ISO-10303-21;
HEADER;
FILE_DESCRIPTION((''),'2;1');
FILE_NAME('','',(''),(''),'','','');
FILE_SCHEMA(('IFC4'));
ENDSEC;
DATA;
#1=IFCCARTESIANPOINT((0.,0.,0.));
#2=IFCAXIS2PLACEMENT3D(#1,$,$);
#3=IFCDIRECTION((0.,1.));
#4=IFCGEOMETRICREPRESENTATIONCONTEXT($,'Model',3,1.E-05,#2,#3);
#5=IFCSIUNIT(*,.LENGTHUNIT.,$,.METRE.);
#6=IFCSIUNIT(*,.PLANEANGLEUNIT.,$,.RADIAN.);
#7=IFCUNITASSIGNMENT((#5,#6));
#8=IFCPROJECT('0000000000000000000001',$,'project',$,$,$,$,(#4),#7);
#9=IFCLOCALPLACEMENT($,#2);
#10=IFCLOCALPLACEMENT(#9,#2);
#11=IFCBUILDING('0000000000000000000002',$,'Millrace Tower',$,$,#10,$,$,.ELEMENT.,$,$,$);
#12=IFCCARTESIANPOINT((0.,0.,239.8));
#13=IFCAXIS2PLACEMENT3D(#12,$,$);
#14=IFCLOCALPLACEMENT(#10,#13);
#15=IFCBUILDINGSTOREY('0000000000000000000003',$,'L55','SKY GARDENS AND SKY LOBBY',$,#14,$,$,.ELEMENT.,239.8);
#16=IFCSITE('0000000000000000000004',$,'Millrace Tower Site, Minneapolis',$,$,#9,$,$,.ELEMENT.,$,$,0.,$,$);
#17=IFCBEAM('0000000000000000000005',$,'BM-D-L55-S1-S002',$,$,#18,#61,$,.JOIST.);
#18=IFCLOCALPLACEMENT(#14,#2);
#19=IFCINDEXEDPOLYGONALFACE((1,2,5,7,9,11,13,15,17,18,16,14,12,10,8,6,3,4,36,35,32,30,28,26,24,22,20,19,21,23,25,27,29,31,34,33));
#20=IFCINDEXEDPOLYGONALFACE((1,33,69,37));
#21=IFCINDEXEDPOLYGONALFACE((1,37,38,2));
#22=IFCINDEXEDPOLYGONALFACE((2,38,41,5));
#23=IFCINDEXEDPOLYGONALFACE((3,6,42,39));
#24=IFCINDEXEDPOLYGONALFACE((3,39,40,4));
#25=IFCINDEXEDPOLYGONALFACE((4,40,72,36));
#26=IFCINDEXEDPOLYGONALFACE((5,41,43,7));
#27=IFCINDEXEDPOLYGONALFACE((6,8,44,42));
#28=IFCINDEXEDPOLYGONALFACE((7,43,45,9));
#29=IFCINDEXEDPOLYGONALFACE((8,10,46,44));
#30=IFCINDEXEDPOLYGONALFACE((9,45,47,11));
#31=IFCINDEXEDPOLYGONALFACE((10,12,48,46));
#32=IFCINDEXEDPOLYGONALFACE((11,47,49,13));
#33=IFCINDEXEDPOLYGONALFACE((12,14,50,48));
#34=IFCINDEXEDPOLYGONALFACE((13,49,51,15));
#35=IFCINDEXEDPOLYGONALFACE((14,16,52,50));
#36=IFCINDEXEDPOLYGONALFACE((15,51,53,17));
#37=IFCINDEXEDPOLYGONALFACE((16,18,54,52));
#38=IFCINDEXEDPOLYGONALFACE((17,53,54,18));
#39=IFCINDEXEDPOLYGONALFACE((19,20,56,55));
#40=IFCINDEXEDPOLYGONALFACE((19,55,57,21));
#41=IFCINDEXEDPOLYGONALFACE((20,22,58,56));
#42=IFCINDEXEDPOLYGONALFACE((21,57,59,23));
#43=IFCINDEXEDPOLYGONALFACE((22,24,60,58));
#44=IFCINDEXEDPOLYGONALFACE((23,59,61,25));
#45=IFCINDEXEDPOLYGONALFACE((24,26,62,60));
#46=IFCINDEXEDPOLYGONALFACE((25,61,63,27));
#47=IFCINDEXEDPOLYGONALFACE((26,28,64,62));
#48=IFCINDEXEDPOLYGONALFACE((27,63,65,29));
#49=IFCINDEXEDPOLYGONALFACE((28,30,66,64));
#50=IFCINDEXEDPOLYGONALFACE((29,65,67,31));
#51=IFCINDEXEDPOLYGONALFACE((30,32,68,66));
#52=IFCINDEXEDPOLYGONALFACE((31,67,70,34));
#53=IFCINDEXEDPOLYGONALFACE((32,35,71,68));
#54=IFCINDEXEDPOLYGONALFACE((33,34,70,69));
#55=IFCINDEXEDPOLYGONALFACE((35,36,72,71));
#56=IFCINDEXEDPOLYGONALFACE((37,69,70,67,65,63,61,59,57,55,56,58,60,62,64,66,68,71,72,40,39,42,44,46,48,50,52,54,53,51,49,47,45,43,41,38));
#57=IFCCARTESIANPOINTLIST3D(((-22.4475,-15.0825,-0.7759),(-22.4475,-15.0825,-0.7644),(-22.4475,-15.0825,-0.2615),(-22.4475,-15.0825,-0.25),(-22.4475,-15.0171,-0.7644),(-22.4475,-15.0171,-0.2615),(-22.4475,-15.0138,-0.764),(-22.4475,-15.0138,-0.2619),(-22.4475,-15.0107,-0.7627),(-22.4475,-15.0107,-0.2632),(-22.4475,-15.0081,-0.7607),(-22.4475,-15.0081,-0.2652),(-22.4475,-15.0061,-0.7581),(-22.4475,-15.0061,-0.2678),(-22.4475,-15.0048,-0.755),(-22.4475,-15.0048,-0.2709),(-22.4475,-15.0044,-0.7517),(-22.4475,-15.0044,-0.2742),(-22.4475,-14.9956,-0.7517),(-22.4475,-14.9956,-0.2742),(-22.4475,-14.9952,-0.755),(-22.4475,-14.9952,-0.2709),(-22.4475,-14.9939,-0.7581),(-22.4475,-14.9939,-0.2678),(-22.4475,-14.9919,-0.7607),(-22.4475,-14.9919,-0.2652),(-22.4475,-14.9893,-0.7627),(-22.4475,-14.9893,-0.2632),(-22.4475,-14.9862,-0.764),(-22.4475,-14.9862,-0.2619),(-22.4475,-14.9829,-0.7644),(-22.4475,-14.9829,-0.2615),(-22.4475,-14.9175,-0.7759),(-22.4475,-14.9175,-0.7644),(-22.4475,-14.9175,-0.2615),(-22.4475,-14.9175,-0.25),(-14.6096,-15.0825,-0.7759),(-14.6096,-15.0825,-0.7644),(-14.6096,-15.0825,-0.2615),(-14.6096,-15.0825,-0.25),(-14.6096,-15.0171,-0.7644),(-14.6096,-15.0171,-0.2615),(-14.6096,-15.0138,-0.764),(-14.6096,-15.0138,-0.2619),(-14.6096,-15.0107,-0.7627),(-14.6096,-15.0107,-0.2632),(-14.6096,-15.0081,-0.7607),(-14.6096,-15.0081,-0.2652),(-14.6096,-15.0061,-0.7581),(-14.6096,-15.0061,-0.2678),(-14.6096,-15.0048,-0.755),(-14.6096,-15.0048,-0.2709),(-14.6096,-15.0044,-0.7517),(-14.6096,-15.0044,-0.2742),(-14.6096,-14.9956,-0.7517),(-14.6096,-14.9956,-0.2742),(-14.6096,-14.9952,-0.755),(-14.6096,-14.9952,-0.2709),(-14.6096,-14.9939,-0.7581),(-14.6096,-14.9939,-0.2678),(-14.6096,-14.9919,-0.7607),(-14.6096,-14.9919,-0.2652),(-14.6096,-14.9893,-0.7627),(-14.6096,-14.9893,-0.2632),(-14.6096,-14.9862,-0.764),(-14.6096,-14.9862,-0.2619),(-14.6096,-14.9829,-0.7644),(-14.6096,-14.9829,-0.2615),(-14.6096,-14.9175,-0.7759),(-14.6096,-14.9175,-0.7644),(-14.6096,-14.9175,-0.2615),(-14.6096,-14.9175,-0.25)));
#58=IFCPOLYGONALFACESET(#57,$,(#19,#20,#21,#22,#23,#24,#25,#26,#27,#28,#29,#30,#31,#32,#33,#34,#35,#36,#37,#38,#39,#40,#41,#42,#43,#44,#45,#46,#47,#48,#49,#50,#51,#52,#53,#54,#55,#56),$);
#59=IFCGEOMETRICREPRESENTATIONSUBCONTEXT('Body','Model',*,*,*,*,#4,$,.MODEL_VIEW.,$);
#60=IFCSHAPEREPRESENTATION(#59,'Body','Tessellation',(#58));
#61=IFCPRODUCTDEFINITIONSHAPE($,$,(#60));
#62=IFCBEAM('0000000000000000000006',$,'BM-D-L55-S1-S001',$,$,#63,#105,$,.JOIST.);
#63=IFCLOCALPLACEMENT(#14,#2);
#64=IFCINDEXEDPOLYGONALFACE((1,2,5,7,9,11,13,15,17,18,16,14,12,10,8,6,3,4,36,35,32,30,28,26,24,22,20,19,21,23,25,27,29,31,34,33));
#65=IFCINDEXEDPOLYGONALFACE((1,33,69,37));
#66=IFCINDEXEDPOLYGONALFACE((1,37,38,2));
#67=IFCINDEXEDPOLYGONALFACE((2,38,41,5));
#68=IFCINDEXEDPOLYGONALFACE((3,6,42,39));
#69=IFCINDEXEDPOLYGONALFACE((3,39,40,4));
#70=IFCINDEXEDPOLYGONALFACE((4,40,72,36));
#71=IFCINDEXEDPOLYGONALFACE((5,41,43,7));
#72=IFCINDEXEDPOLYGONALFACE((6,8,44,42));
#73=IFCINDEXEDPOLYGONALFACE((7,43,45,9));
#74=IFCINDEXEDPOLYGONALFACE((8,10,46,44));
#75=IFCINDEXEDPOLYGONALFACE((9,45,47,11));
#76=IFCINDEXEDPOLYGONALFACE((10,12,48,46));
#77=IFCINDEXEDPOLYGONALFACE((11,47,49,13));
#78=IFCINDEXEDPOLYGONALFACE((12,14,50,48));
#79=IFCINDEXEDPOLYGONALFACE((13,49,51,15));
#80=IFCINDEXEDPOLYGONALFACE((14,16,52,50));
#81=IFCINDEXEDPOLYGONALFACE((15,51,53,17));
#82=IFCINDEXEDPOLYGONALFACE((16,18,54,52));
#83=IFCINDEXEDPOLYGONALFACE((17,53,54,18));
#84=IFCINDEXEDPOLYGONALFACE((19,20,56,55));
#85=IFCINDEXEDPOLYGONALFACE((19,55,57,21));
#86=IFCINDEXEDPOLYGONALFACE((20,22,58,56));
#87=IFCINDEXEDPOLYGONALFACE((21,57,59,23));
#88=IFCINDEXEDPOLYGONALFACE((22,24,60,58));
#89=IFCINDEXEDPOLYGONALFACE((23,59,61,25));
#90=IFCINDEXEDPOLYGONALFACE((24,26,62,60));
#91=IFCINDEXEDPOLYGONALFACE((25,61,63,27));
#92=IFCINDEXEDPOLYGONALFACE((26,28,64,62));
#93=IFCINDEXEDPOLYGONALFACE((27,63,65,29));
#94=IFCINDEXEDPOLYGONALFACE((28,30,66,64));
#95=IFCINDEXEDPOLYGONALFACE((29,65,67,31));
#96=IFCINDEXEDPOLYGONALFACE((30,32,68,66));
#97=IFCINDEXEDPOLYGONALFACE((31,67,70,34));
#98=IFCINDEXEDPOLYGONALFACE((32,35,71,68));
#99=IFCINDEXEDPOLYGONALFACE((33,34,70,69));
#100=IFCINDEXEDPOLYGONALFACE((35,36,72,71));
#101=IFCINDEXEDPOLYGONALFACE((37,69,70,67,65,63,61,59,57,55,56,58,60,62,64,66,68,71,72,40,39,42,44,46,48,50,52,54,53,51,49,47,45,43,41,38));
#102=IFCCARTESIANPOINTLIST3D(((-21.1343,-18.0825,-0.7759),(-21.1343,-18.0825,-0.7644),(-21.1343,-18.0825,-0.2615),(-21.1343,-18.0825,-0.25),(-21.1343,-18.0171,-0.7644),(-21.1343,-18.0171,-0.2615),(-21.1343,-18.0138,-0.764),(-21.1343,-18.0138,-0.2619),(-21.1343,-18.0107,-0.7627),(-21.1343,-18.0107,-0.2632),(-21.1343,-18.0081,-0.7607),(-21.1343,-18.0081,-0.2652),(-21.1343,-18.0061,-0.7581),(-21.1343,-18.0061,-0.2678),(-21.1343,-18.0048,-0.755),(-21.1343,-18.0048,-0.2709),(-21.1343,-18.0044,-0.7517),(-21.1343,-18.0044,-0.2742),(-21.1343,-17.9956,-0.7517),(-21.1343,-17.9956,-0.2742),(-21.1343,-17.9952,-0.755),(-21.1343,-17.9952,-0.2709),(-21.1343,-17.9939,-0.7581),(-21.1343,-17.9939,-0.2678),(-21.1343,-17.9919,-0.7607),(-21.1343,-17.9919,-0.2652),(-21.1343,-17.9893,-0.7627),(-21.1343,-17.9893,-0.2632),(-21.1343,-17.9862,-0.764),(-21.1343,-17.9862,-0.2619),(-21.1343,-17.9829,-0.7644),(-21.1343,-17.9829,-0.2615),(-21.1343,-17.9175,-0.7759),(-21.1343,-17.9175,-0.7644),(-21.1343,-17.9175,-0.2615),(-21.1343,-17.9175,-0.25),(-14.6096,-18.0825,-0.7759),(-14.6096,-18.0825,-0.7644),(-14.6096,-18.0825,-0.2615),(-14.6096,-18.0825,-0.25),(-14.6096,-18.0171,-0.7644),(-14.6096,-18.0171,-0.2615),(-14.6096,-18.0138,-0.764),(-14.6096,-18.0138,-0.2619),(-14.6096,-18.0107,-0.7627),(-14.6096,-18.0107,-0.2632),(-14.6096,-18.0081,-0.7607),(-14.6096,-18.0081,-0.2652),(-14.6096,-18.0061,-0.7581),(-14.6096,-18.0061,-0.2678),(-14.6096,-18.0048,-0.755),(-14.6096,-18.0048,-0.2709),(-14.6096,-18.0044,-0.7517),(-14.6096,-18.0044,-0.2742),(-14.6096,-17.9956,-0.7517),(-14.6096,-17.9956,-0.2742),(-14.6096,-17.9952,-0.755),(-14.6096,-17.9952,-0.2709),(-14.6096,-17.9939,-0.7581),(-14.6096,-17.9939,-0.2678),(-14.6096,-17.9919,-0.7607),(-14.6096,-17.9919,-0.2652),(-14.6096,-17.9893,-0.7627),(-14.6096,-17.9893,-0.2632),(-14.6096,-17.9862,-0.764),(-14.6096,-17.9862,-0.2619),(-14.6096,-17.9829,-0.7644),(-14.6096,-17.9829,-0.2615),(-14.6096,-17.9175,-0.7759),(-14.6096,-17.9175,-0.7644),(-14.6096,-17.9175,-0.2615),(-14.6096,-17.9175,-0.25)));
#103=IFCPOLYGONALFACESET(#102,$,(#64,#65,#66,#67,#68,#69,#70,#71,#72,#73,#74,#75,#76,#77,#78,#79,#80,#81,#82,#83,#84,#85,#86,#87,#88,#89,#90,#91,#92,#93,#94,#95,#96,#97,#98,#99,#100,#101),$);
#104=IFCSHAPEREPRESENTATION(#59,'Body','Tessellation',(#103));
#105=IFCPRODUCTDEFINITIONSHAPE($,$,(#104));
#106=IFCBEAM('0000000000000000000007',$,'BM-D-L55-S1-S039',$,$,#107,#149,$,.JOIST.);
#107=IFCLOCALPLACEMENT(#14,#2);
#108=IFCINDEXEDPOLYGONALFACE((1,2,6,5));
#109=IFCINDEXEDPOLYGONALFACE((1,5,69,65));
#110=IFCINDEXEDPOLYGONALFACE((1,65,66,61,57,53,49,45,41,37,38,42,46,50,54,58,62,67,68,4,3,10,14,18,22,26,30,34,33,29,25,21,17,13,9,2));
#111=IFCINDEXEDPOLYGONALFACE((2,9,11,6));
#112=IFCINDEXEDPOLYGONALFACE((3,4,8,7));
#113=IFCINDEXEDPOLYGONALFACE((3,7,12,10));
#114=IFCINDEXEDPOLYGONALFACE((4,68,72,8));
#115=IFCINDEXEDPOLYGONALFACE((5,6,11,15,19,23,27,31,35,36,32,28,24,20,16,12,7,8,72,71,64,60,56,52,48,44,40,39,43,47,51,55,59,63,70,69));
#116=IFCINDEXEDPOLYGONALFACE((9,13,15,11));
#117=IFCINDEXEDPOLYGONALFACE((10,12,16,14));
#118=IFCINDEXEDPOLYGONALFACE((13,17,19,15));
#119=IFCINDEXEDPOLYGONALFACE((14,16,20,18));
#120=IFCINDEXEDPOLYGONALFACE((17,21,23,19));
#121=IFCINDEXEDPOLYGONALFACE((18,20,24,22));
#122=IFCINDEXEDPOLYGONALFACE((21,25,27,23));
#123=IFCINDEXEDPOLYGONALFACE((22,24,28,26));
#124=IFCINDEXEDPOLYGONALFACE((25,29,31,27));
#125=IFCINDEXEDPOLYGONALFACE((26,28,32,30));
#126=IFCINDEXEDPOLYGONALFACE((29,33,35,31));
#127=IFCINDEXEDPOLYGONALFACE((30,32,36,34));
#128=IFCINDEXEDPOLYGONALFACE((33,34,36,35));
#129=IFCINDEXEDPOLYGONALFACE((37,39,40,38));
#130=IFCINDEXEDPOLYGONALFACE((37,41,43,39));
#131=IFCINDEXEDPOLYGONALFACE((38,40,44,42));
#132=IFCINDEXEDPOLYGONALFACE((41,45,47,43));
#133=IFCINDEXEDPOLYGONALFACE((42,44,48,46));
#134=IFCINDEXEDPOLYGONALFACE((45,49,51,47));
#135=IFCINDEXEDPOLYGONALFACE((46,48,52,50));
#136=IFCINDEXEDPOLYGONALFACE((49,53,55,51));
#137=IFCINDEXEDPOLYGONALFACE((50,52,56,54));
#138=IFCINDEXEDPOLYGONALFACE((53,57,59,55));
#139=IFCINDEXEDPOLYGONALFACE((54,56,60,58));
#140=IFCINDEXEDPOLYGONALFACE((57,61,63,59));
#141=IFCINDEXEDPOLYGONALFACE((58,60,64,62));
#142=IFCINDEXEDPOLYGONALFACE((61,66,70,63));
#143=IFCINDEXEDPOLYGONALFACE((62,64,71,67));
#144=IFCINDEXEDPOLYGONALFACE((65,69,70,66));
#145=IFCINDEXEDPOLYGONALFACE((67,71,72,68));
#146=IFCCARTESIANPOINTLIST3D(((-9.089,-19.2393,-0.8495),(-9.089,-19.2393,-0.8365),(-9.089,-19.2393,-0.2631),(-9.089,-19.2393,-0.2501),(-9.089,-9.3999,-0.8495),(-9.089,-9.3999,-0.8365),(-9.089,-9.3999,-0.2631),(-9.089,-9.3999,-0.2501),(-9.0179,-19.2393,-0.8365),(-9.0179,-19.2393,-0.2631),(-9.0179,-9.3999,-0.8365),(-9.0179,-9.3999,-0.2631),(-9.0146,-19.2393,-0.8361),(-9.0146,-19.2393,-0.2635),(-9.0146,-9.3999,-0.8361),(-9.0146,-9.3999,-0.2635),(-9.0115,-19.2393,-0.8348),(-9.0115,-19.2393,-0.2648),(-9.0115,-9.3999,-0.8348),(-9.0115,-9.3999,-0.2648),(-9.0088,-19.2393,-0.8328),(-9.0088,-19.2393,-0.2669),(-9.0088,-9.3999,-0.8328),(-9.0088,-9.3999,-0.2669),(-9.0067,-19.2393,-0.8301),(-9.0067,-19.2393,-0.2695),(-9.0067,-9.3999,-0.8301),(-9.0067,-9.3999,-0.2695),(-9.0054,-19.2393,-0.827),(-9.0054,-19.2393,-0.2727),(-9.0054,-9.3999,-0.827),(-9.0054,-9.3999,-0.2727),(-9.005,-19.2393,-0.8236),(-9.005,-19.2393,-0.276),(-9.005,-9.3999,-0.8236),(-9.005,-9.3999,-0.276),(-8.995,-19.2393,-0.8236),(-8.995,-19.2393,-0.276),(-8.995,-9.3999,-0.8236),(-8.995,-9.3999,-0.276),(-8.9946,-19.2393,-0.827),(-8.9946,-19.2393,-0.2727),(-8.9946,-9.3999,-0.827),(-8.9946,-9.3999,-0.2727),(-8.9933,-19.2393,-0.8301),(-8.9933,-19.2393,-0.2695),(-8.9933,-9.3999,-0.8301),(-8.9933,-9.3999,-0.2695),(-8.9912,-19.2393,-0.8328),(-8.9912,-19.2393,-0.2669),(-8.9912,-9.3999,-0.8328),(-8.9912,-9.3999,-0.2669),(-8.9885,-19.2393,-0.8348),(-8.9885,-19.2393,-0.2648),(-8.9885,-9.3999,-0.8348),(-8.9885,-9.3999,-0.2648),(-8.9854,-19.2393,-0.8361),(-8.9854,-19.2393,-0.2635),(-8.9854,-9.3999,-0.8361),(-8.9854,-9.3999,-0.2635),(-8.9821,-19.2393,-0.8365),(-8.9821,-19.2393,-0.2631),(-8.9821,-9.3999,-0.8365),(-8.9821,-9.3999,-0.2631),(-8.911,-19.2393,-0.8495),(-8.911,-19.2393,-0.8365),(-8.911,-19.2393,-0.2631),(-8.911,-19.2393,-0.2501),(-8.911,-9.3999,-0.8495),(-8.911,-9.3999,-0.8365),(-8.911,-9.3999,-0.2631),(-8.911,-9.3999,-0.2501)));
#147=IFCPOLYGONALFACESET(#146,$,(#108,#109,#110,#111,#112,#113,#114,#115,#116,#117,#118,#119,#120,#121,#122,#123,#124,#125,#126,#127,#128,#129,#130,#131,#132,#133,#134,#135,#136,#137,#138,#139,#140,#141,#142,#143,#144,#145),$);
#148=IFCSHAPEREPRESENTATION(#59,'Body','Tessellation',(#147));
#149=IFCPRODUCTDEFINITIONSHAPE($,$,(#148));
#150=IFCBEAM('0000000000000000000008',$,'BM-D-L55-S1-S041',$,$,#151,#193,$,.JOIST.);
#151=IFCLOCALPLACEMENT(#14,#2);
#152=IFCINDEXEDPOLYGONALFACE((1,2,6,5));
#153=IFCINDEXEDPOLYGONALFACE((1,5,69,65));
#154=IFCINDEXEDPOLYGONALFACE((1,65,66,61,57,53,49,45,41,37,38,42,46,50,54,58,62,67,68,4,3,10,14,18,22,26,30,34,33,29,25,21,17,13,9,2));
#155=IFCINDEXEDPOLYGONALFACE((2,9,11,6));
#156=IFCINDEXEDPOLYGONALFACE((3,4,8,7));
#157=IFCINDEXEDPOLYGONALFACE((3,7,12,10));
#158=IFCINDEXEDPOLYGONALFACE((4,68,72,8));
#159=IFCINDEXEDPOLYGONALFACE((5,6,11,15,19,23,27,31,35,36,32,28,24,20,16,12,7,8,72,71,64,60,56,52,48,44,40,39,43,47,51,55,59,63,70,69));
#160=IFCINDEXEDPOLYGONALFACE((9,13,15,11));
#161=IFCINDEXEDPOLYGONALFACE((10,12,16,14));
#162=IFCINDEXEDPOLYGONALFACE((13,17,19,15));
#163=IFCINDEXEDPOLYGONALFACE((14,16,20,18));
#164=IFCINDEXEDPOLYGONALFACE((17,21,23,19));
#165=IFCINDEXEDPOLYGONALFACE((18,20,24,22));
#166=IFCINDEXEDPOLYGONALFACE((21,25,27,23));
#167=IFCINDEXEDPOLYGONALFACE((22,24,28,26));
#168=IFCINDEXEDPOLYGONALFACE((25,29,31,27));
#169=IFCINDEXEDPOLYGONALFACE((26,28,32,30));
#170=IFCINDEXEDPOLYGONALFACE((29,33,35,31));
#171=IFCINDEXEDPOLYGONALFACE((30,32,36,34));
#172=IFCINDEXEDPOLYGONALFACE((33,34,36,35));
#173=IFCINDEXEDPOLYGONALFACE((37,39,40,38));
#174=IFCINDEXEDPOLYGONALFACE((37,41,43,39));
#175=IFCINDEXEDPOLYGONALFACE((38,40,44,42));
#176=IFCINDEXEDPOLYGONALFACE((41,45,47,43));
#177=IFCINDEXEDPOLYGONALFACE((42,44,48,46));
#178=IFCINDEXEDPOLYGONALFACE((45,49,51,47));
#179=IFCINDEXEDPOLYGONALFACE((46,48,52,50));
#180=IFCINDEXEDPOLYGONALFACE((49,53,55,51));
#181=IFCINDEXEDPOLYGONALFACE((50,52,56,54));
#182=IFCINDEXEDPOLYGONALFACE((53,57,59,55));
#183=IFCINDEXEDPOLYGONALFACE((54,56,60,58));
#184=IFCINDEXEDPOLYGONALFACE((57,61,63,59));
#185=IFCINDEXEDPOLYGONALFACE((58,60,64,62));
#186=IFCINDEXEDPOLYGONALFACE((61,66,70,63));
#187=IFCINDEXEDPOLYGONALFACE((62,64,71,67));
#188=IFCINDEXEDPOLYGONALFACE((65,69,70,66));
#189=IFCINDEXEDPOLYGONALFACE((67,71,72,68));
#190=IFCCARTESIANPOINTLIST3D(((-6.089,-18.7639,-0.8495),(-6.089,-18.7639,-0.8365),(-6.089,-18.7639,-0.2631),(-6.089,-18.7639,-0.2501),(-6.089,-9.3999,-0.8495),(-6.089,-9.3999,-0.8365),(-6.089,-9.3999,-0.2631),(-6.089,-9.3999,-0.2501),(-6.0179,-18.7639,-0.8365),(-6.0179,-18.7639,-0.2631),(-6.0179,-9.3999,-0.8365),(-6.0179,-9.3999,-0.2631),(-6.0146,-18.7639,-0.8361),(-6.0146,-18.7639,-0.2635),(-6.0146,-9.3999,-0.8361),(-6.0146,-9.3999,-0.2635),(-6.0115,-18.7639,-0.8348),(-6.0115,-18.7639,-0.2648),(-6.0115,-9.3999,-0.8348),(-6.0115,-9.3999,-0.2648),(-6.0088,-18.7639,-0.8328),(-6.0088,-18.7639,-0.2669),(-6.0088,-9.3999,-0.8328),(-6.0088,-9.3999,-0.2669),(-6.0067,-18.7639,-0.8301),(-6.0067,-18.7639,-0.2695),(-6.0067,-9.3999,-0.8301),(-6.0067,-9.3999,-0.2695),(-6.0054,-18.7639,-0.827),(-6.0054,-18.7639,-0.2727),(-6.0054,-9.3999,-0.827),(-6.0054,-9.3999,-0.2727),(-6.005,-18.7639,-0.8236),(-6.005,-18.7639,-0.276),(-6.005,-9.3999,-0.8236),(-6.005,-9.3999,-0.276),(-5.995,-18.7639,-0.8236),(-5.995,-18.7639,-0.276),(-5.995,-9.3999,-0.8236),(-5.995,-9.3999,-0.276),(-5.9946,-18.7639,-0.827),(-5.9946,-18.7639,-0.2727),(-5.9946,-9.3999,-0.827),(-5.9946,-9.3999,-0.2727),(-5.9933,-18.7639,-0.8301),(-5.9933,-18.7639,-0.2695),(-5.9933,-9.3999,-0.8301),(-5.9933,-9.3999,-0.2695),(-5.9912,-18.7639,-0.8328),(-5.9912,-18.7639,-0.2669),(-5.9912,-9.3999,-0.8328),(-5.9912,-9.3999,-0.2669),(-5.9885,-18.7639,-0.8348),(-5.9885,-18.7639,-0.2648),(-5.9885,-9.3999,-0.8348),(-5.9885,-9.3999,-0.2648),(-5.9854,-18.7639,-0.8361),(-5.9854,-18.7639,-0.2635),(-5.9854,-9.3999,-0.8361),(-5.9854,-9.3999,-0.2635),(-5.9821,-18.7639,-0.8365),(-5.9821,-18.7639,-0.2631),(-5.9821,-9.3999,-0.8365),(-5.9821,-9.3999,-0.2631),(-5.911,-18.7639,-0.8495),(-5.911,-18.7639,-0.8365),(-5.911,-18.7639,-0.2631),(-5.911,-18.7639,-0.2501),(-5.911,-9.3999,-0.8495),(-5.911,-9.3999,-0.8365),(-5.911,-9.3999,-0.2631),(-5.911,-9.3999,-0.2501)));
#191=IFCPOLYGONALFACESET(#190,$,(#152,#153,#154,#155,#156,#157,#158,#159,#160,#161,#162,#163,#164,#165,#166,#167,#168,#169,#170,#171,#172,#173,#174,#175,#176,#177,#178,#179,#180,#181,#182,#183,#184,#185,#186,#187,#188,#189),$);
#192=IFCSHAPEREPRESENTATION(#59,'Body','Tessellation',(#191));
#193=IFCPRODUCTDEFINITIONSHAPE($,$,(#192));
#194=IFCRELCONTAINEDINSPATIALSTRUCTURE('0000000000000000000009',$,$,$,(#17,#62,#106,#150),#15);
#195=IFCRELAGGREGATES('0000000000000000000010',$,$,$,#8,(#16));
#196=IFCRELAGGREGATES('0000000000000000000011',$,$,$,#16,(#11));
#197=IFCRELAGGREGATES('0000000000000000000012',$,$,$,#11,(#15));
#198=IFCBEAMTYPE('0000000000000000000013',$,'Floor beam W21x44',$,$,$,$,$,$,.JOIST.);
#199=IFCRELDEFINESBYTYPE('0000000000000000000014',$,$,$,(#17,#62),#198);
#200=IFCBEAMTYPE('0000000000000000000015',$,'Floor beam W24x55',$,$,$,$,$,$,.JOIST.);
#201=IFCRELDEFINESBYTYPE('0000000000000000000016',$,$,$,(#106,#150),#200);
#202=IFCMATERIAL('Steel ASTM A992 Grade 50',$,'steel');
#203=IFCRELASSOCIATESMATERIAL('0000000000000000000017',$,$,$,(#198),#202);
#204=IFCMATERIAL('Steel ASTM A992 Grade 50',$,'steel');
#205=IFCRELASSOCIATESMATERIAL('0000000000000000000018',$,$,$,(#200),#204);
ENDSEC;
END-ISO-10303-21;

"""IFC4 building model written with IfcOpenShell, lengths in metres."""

from ifc_helpers import new_model, si_unit, direction, frame, origin, origin_2d, place, context, subcontext, project, spatial, i_section, extrude, material, material_profile, profile_set, type_object, element, save


model = new_model("IFC4")

# Units and contexts
model_context = context("Model", 3, precision=1e-05, world=origin(), true_north=direction((0.0, 1.0)))
body_context = subcontext(model_context, "Body", "Model", "MODEL_VIEW")
ifc_project = project(units=[si_unit("LENGTHUNIT", "METRE"), si_unit("PLANEANGLEUNIT", "RADIAN")], contexts=[model_context])

# Site, building, storey
site_placement = place(None, origin())
site = spatial("IfcSite", under=ifc_project, at=site_placement, Name="Millrace Tower Site, Minneapolis", CompositionType="ELEMENT", RefElevation=0.0)
building_placement = place(site_placement, origin())
building = spatial("IfcBuilding", under=site, at=building_placement, Name="Millrace Tower", CompositionType="ELEMENT")
storey_placement = place(building_placement, frame((0.0, 0.0, 239.8)))
storey = spatial("IfcBuildingStorey", under=building, at=storey_placement, Name="L55", Description="SKY GARDENS AND SKY LOBBY", CompositionType="ELEMENT", Elevation=239.8)

# Beams
ifc_material_1 = material(Name="Steel ASTM A992 Grade 50", Category="steel")
ifc_material_profile_1 = material_profile(ifc_material_1, i_section(OverallWidth=0.165, OverallDepth=0.5259, WebThickness=0.0088, FlangeThickness=0.0115, FilletRadius=0.0127, at=origin_2d()))
ifc_profile_set_1 = profile_set([ifc_material_profile_1], Name="Steel ASTM A992 Grade 50")
beam_type_1 = type_object("IfcBeamType", Name="Floor beam W21x44", PredefinedType="JOIST", material=ifc_profile_set_1)
beam_1_placement = place(storey_placement, frame((-22.4475, -15.0, -0.5129), z_axis=(1.0, 0.0, 0.0), x_axis=(0.0, 1.0, 0.0)))
element("IfcBeam", 1, at=beam_1_placement, inside=storey, type_object=beam_type_1, Name="BM-D-L55-S1-S002", PredefinedType="JOIST", context=body_context, shape_type="SweptSolid", body=[
    extrude(i_section(OverallWidth=0.165, OverallDepth=0.5259, WebThickness=0.0088, FlangeThickness=0.0115, FilletRadius=0.0127, at=origin_2d()), origin(), (0.0, 0.0, 1.0), 7.8379),
])
beam_2_placement = place(storey_placement, frame((-21.1343, -18.0, -0.5129), z_axis=(1.0, 0.0, 0.0), x_axis=(0.0, 1.0, 0.0)))
element("IfcBeam", 2, at=beam_2_placement, inside=storey, type_object=beam_type_1, Name="BM-D-L55-S1-S001", PredefinedType="JOIST", context=body_context, shape_type="SweptSolid", body=[
    extrude(i_section(OverallWidth=0.165, OverallDepth=0.5259, WebThickness=0.0088, FlangeThickness=0.0115, FilletRadius=0.0127, at=origin_2d()), origin(), (0.0, 0.0, 1.0), 6.5247),
])
ifc_material_2 = material(Name="Steel ASTM A992 Grade 50", Category="steel")
ifc_material_profile_2 = material_profile(ifc_material_2, i_section(OverallWidth=0.178, OverallDepth=0.5994, WebThickness=0.01, FlangeThickness=0.0129, FilletRadius=0.0129, at=origin_2d()))
ifc_profile_set_2 = profile_set([ifc_material_profile_2], Name="Steel ASTM A992 Grade 50")
beam_type_2 = type_object("IfcBeamType", Name="Floor beam W24x55", PredefinedType="JOIST", material=ifc_profile_set_2)
beam_3_placement = place(storey_placement, frame((-9.0, -19.2393, -0.5498), z_axis=(0.0, 1.0, 0.0), x_axis=(-1.0, 0.0, 0.0)))
element("IfcBeam", 3, at=beam_3_placement, inside=storey, type_object=beam_type_2, Name="BM-D-L55-S1-S039", PredefinedType="JOIST", context=body_context, shape_type="SweptSolid", body=[
    extrude(i_section(OverallWidth=0.178, OverallDepth=0.5994, WebThickness=0.01, FlangeThickness=0.0129, FilletRadius=0.0129, at=origin_2d()), origin(), (0.0, 0.0, 1.0), 9.8394),
])
beam_4_placement = place(storey_placement, frame((-6.0, -18.7639, -0.5498), z_axis=(0.0, 1.0, 0.0), x_axis=(-1.0, 0.0, 0.0)))
element("IfcBeam", 4, at=beam_4_placement, inside=storey, type_object=beam_type_2, Name="BM-D-L55-S1-S041", PredefinedType="JOIST", context=body_context, shape_type="SweptSolid", body=[
    extrude(i_section(OverallWidth=0.178, OverallDepth=0.5994, WebThickness=0.01, FlangeThickness=0.0129, FilletRadius=0.0129, at=origin_2d()), origin(), (0.0, 0.0, 1.0), 9.364),
])

save(model, "model.ifc")
